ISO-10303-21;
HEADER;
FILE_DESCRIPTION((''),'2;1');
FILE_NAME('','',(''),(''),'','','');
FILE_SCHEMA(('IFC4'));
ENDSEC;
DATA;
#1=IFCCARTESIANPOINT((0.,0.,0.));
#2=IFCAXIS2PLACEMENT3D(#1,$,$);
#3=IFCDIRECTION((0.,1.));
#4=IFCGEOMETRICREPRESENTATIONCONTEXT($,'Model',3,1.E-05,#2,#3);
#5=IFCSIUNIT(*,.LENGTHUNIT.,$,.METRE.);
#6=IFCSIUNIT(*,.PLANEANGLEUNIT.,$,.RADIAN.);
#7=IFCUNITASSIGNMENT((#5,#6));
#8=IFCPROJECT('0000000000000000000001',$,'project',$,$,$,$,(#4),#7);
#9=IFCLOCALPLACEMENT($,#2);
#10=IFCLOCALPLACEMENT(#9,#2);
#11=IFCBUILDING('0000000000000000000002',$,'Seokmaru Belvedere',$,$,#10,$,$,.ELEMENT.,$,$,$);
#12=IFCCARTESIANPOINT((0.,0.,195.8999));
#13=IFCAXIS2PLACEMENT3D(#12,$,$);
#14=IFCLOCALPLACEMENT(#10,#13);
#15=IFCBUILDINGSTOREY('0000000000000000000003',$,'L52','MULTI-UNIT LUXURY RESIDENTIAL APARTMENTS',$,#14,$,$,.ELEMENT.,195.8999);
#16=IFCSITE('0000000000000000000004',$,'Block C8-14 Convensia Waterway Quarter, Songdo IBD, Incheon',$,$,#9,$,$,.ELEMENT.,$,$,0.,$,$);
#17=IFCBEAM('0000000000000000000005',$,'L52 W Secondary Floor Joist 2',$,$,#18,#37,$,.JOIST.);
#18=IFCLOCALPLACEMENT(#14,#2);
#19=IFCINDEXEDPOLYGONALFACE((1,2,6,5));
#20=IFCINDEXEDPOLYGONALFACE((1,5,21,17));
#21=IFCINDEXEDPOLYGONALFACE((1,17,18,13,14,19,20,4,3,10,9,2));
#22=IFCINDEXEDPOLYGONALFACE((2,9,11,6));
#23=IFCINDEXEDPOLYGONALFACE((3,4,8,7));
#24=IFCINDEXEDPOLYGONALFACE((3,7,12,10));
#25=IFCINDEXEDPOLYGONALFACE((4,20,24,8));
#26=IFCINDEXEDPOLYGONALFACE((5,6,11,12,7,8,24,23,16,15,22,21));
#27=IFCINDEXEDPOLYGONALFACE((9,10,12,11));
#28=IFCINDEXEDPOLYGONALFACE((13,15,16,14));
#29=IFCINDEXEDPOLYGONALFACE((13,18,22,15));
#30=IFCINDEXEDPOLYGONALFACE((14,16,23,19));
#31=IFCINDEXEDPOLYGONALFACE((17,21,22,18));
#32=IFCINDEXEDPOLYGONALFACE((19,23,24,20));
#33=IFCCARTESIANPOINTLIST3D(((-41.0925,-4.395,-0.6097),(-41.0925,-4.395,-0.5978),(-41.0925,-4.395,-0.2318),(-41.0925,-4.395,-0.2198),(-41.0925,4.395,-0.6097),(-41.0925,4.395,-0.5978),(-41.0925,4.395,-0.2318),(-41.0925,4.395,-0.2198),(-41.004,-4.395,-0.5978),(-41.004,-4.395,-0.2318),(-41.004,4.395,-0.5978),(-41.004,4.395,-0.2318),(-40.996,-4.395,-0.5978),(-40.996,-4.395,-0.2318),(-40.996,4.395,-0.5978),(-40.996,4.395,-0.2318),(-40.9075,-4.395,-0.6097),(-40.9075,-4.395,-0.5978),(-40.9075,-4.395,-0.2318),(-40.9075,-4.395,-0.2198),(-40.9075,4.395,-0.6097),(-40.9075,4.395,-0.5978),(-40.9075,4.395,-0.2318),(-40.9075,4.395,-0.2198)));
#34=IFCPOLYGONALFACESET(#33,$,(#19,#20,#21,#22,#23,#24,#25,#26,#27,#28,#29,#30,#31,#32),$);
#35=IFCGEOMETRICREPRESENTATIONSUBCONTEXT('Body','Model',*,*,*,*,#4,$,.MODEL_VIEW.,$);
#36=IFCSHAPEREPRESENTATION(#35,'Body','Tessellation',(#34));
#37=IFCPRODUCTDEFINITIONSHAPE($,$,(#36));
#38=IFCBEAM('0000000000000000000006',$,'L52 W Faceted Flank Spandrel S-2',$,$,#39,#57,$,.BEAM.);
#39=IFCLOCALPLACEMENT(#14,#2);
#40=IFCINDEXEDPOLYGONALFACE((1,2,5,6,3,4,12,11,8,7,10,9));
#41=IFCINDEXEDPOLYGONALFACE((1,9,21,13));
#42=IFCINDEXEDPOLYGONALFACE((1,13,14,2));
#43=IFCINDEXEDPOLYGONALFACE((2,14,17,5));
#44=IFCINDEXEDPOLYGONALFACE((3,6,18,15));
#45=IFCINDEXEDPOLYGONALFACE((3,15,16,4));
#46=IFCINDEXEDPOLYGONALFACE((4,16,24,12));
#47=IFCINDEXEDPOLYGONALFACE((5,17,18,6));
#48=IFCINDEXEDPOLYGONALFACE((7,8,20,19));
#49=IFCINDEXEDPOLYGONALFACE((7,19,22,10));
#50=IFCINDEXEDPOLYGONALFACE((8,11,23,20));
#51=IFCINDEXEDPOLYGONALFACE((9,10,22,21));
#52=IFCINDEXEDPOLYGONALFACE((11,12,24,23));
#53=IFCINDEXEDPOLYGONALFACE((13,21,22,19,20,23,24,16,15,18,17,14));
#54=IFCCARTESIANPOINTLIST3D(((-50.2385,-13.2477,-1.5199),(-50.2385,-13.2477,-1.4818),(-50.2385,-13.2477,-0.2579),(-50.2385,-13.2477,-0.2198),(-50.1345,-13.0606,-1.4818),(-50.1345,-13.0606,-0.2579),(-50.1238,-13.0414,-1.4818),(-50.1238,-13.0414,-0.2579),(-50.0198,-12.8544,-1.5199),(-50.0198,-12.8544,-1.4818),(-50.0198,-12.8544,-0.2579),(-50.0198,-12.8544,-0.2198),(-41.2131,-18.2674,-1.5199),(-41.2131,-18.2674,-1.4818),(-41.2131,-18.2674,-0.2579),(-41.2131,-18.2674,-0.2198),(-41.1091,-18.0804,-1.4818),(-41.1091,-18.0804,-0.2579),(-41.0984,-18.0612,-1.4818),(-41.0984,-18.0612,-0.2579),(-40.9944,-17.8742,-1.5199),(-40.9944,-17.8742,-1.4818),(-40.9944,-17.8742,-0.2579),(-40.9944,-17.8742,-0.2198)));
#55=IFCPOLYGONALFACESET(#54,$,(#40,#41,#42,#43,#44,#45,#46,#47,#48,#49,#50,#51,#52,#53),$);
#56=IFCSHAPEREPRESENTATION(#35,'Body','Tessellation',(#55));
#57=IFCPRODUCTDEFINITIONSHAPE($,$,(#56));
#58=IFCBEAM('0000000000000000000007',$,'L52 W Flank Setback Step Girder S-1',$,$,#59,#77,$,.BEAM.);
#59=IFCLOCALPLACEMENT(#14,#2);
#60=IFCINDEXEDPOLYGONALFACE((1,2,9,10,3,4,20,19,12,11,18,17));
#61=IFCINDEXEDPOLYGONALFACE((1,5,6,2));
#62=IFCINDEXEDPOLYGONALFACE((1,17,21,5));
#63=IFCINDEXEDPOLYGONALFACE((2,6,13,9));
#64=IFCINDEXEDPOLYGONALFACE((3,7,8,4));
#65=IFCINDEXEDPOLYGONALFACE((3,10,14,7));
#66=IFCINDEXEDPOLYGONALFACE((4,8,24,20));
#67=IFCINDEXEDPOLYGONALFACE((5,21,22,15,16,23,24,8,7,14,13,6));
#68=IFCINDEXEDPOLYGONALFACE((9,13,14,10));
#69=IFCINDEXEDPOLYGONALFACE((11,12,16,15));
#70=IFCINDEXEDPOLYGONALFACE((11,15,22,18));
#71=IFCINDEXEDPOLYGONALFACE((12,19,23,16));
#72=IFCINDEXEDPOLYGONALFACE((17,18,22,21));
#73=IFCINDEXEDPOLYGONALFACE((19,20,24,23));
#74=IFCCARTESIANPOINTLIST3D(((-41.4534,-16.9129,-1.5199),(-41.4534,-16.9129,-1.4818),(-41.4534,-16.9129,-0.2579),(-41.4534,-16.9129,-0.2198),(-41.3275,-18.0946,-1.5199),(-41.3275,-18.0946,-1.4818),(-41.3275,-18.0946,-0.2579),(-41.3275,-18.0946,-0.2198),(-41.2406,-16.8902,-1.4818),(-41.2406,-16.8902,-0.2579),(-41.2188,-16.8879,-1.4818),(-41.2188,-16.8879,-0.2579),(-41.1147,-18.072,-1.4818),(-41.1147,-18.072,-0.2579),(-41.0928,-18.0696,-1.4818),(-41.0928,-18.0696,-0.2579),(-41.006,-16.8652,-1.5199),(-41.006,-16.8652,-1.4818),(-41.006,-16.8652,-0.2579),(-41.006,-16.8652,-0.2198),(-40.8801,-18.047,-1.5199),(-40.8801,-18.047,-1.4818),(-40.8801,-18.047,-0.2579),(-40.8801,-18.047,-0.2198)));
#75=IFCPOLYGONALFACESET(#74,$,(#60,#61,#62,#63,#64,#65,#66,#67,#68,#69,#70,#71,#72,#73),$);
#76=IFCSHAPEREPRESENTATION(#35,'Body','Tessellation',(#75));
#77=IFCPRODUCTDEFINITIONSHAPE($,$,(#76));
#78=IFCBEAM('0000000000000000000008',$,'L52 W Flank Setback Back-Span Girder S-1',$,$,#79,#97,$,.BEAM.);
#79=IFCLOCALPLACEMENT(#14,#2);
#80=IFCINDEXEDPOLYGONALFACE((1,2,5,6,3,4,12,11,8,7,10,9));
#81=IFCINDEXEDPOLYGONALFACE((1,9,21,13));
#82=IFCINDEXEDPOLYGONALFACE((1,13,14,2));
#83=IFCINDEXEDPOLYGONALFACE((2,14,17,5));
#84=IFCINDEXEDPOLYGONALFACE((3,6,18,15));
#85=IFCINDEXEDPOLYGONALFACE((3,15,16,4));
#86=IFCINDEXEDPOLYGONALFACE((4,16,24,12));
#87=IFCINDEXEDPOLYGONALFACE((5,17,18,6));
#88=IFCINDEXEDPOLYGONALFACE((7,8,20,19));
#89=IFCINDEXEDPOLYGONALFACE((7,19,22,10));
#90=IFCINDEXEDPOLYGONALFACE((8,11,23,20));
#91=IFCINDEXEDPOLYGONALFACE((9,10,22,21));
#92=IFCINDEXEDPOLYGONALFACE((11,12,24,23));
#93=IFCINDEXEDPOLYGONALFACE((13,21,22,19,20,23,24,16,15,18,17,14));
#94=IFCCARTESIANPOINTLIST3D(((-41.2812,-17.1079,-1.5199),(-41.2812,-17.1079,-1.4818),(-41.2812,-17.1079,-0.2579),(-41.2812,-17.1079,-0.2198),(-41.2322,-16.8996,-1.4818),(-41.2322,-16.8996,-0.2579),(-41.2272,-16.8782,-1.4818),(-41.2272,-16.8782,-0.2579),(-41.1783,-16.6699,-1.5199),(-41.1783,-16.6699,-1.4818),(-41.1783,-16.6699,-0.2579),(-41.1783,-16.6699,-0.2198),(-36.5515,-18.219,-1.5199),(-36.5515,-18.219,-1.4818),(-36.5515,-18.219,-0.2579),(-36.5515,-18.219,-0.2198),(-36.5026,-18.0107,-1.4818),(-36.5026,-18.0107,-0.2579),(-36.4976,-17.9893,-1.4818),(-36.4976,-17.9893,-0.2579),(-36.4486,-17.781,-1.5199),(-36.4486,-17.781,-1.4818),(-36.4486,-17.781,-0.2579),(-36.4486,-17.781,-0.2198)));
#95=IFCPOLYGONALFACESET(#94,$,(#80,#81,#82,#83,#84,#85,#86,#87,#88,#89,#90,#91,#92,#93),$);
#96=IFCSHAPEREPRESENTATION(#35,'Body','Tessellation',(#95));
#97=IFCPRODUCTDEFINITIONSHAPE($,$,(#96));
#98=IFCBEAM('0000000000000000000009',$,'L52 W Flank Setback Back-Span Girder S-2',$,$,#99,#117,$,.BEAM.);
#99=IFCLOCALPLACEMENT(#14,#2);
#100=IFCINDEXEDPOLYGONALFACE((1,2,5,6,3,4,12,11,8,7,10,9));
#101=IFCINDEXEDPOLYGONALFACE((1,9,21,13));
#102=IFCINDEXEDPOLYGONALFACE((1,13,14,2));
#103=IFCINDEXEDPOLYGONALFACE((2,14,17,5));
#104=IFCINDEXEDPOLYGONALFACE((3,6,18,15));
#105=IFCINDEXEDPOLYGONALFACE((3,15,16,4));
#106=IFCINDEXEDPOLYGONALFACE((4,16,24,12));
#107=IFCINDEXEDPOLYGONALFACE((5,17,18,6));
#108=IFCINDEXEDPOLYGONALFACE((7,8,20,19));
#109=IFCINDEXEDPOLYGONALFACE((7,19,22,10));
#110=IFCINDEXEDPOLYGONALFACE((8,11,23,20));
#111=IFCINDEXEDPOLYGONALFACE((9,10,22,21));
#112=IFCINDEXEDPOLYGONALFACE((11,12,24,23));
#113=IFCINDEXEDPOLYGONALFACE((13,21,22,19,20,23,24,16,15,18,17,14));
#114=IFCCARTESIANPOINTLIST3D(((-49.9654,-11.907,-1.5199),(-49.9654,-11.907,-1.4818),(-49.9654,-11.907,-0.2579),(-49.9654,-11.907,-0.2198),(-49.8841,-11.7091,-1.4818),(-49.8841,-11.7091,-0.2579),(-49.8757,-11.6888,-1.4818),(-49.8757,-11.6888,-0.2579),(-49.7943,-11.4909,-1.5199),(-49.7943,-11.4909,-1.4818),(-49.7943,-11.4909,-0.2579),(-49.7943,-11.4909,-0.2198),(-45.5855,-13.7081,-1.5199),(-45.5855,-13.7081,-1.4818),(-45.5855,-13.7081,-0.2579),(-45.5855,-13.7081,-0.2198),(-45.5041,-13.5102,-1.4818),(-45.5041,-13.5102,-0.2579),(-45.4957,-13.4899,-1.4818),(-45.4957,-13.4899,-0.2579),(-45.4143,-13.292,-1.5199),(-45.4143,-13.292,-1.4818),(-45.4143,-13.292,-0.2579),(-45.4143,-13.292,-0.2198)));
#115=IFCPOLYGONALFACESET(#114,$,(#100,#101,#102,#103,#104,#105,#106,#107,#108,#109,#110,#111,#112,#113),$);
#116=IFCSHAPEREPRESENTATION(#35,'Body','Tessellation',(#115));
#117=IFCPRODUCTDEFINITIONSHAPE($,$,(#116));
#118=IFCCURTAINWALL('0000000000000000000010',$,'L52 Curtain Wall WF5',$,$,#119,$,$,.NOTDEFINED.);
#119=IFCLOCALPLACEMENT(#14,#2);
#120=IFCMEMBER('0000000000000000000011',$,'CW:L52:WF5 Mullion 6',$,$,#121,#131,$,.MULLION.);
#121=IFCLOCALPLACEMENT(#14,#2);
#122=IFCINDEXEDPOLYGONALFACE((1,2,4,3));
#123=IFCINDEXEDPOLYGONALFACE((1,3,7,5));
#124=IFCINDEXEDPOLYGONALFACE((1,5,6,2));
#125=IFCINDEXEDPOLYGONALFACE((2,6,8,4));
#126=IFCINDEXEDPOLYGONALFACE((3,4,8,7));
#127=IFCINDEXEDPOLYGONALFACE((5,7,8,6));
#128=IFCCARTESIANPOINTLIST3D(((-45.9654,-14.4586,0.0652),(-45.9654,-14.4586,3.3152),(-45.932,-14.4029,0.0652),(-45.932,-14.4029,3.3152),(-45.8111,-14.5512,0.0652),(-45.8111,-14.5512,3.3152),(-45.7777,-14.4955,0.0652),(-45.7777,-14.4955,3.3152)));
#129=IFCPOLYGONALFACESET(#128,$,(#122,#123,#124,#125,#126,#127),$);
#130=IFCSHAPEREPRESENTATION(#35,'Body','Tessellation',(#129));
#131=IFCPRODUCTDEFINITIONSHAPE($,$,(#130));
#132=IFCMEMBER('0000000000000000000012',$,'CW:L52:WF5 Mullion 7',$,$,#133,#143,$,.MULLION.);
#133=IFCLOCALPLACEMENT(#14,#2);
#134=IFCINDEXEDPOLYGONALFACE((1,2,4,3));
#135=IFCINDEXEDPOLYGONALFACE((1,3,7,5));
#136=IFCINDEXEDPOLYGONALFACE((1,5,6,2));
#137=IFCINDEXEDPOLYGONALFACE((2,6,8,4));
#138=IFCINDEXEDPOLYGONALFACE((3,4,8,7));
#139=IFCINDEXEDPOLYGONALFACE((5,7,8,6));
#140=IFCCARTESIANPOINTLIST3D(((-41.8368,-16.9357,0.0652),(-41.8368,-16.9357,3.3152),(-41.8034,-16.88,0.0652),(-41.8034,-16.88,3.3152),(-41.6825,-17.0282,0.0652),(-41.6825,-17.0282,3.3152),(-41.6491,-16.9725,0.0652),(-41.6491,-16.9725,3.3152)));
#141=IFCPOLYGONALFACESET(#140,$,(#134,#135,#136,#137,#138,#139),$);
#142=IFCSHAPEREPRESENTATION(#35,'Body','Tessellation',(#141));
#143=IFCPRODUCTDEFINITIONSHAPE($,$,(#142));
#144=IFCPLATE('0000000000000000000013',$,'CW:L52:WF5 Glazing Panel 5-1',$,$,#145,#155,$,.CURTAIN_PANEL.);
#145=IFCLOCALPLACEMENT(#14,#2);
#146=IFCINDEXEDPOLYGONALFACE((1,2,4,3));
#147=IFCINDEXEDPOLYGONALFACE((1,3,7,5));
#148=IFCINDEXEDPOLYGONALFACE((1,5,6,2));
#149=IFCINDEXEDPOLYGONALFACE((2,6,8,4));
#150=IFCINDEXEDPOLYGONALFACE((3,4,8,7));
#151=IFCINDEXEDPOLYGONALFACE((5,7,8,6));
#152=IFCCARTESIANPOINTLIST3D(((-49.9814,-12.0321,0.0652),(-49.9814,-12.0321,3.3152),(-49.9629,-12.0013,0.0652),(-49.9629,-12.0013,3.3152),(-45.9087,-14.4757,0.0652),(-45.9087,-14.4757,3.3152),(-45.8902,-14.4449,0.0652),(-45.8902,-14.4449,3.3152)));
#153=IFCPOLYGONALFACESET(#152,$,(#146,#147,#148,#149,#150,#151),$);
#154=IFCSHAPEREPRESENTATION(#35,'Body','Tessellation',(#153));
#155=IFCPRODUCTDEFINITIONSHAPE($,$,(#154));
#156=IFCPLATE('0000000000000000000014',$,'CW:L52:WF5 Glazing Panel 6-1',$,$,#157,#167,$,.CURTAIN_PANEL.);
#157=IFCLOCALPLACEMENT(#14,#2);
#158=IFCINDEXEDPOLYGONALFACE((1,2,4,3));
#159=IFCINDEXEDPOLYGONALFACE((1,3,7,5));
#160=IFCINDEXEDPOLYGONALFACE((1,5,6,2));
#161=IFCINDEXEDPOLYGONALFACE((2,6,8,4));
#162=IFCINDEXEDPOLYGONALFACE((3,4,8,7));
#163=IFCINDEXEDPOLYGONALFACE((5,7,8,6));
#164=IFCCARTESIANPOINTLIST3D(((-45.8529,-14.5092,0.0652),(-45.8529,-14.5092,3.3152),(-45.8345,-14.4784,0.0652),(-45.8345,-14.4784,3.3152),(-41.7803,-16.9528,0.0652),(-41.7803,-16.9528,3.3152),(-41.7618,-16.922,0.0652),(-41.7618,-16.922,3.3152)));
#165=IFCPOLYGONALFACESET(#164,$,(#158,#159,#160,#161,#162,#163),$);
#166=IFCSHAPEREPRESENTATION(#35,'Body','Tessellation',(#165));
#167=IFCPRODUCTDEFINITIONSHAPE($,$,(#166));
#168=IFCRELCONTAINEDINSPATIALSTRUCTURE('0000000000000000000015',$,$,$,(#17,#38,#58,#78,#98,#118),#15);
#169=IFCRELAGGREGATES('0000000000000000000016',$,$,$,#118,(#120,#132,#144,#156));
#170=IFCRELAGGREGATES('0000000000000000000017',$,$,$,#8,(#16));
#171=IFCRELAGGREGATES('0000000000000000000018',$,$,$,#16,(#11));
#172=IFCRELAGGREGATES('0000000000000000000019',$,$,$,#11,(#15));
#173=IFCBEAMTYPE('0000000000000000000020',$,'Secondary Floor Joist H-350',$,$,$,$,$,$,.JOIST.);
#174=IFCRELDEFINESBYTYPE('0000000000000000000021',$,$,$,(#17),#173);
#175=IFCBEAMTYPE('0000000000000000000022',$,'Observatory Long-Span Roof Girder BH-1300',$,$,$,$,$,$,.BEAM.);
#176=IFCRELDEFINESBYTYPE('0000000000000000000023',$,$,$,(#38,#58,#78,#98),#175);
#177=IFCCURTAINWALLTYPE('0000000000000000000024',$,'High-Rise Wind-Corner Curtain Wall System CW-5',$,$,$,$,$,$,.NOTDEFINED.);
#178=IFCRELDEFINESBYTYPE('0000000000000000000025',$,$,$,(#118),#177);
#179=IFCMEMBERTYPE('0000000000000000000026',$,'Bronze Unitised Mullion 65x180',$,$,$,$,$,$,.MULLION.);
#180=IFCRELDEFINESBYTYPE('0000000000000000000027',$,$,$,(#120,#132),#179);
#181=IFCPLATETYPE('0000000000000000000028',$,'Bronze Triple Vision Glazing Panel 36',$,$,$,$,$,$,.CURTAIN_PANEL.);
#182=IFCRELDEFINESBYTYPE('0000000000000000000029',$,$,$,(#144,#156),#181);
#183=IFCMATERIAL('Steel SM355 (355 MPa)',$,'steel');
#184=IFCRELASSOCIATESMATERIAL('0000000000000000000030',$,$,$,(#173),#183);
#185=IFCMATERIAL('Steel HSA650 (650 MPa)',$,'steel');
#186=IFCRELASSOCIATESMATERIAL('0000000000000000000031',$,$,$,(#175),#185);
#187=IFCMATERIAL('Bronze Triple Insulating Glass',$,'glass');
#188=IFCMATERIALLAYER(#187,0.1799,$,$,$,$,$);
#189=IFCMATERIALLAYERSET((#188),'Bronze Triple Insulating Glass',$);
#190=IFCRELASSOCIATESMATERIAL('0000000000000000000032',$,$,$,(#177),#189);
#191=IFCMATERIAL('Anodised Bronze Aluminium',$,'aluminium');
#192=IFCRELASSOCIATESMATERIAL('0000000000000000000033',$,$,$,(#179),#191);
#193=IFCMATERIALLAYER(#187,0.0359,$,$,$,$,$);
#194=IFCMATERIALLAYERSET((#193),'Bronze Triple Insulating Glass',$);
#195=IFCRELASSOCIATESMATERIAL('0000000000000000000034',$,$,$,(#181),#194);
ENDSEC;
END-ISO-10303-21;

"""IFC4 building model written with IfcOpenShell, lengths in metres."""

from ifc_helpers import new_model, si_unit, direction, frame, origin, origin_2d, place, context, subcontext, project, spatial, rectangle, i_section, extrude, source, transform, mapped, material, layer, layer_set, material_profile, profile_set, type_object, type_shapes, element, aggregate, save


model = new_model("IFC4")

# Units and contexts
model_context = context("Model", 3, precision=1e-05, world=origin(), true_north=direction((0.0, 1.0)))
body_context = subcontext(model_context, "Body", "Model", "MODEL_VIEW")
ifc_project = project(units=[si_unit("LENGTHUNIT", "METRE"), si_unit("PLANEANGLEUNIT", "RADIAN")], contexts=[model_context])

# Site, building, storey
site_placement = place(None, origin())
site = spatial("IfcSite", under=ifc_project, at=site_placement, Name="Block C8-14 Convensia Waterway Quarter, Songdo IBD, Incheon", CompositionType="ELEMENT", RefElevation=0.0)
building_placement = place(site_placement, origin())
building = spatial("IfcBuilding", under=site, at=building_placement, Name="Seokmaru Belvedere", CompositionType="ELEMENT")
storey_placement = place(building_placement, frame((0.0, 0.0, 195.8999)))
storey = spatial("IfcBuildingStorey", under=building, at=storey_placement, Name="L52", Description="MULTI-UNIT LUXURY RESIDENTIAL APARTMENTS", CompositionType="ELEMENT", Elevation=195.8999)

# Shared definitions
ifc_material_1 = material(Name="Steel SM355 (355 MPa)", Category="steel")

# Beams
ifc_material_profile_1 = material_profile(ifc_material_1, i_section(OverallWidth=0.1851, OverallDepth=0.3899, WebThickness=0.0081, FlangeThickness=0.012, at=origin_2d()), Name="H-390x185x8x12")
ifc_profile_set_1 = profile_set([ifc_material_profile_1], Name="Steel SM355 (355 MPa)")
beam_type_1 = type_object("IfcBeamType", Name="Secondary Floor Joist H-350", PredefinedType="JOIST", material=ifc_profile_set_1)
shared_shape_1 = source(origin(), body_context, "Body", "SweptSolid", [
    extrude(i_section(OverallWidth=0.1851, OverallDepth=0.3899, WebThickness=0.0081, FlangeThickness=0.012, at=origin_2d()), origin(), (0.0, 0.0, 1.0), 8.79),
])
type_shapes(beam_type_1, [shared_shape_1])
for number, where, z_axis, x_axis, name in (
    (1, (-41.0, -4.395, -0.4148), (0.0, 1.0, 0.0), (-1.0, 0.0, 0.0), "L52 W Secondary Floor Joist 2"),
):
    element("IfcBeam", number, at=place(storey_placement, frame(where, z_axis=z_axis, x_axis=x_axis)), inside=storey, type_object=beam_type_1, Name=name, PredefinedType="JOIST", context=body_context, shape_type="MappedRepresentation", body=[
        mapped(shared_shape_1, transform((0.0, 0.0, 0.0), scale=1.0)),
    ])
ifc_material_2 = material(Name="Steel HSA650 (650 MPa)", Category="steel")
ifc_material_profile_2 = material_profile(ifc_material_2, i_section(OverallWidth=0.45, OverallDepth=1.3, WebThickness=0.022, FlangeThickness=0.0381, at=origin_2d()), Name="BH-1300x450x22x38")
ifc_profile_set_2 = profile_set([ifc_material_profile_2], Name="Steel HSA650 (650 MPa)")
beam_type_2 = type_object("IfcBeamType", Name="Observatory Long-Span Roof Girder BH-1300", PredefinedType="BEAM", material=ifc_profile_set_2)
shared_shape_2 = source(origin(), body_context, "Body", "SweptSolid", [
    extrude(i_section(OverallWidth=0.45, OverallDepth=1.3, WebThickness=0.022, FlangeThickness=0.0381, at=origin_2d()), origin(), (0.0, 0.0, 1.0), 10.3274),
])
beam_1_placement = place(storey_placement, frame((-41.1038, -18.0708, -0.8699), z_axis=(-0.873924, 0.486062, 0.0), x_axis=(-0.486062, -0.873924, 0.0)))
element("IfcBeam", 2, at=beam_1_placement, inside=storey, type_object=beam_type_2, Name="L52 W Faceted Flank Spandrel S-2", PredefinedType="BEAM", context=body_context, shape_type="MappedRepresentation", body=[
    mapped(shared_shape_2, transform((0.0, 0.0, 0.0), scale=1.0)),
])
shared_shape_3 = source(origin(), body_context, "Body", "SweptSolid", [
    extrude(i_section(OverallWidth=0.45, OverallDepth=1.3, WebThickness=0.022, FlangeThickness=0.0381, at=origin_2d()), origin(), (0.0, 0.0, 1.0), 1.1885),
])
beam_2_placement = place(storey_placement, frame((-41.1038, -18.0708, -0.8699), z_axis=(-0.105989, 0.994367, 0.0), x_axis=(-0.994367, -0.105989, 0.0)))
element("IfcBeam", 3, at=beam_2_placement, inside=storey, type_object=beam_type_2, Name="L52 W Flank Setback Step Girder S-1", PredefinedType="BEAM", context=body_context, shape_type="MappedRepresentation", body=[
    mapped(shared_shape_3, transform((0.0, 0.0, 0.0), scale=1.0)),
])
shared_shape_4 = source(origin(), body_context, "Body", "SweptSolid", [
    extrude(i_section(OverallWidth=0.45, OverallDepth=1.3, WebThickness=0.022, FlangeThickness=0.0381, at=origin_2d()), origin(), (0.0, 0.0, 1.0), 4.8584),
])
beam_3_placement = place(storey_placement, frame((-41.2297, -16.8889, -0.8699), z_axis=(0.973499, -0.228689, 0.0), x_axis=(0.228689, 0.973499, 0.0)))
element("IfcBeam", 4, at=beam_3_placement, inside=storey, type_object=beam_type_2, Name="L52 W Flank Setback Back-Span Girder S-1", PredefinedType="BEAM", context=body_context, shape_type="MappedRepresentation", body=[
    mapped(shared_shape_4, transform((0.0, 0.0, 0.0), scale=1.0)),
])
shared_shape_5 = source(origin(), body_context, "Body", "SweptSolid", [
    extrude(i_section(OverallWidth=0.45, OverallDepth=1.3, WebThickness=0.022, FlangeThickness=0.0381, at=origin_2d()), origin(), (0.0, 0.0, 1.0), 4.7358),
])
type_shapes(beam_type_2, [shared_shape_2, shared_shape_3, shared_shape_4, shared_shape_5])
beam_4_placement = place(storey_placement, frame((-49.8799, -11.699, -0.8699), z_axis=(0.924861, -0.380306, 0.0), x_axis=(0.380306, 0.924861, 0.0)))
element("IfcBeam", 5, at=beam_4_placement, inside=storey, type_object=beam_type_2, Name="L52 W Flank Setback Back-Span Girder S-2", PredefinedType="BEAM", context=body_context, shape_type="MappedRepresentation", body=[
    mapped(shared_shape_5, transform((0.0, 0.0, 0.0), scale=1.0)),
])

# Curtain wall, members, plates
ifc_material_3 = material(Name="Bronze Triple Insulating Glass", Category="glass")
ifc_layer_1 = layer(ifc_material_3, 0.1799)
ifc_layer_set_1 = layer_set([ifc_layer_1], Name="Bronze Triple Insulating Glass")
curtain_wall_type = type_object("IfcCurtainWallType", Name="High-Rise Wind-Corner Curtain Wall System CW-5", PredefinedType="NOTDEFINED", material=ifc_layer_set_1)
curtain_wall_placement = place(storey_placement, origin())
curtain_wall = element("IfcCurtainWall", 6, at=curtain_wall_placement, inside=storey, type_object=curtain_wall_type, Name="L52 Curtain Wall WF5", PredefinedType="NOTDEFINED")
ifc_material_4 = material(Name="Anodised Bronze Aluminium", Category="aluminium")
ifc_material_profile_3 = material_profile(ifc_material_4, rectangle(XDim=0.0649, YDim=0.1799, at=origin_2d()), Name="CW-M-65x180")
ifc_profile_set_3 = profile_set([ifc_material_profile_3], Name="Anodised Bronze Aluminium")
member_type = type_object("IfcMemberType", Name="Bronze Unitised Mullion 65x180", PredefinedType="MULLION", material=ifc_profile_set_3)
shared_shape_6 = source(origin(), body_context, "Body", "SweptSolid", [
    extrude(rectangle(XDim=0.0649, YDim=0.1799, at=origin_2d()), origin(), (0.0, 0.0, 1.0), 3.25),
])
type_shapes(member_type, [shared_shape_6])
member_1_placement = place(storey_placement, frame((-45.8716, -14.4771, 0.0652), z_axis=(0.0, 0.0, 1.0), x_axis=(0.514495, 0.857493, 0.0)))
member_1 = element("IfcMember", 7, at=member_1_placement, type_object=member_type, Name="CW:L52:WF5 Mullion 6", PredefinedType="MULLION", context=body_context, shape_type="MappedRepresentation", body=[
    mapped(shared_shape_6, transform((0.0, 0.0, 0.0), scale=1.0)),
])
member_2_placement = place(storey_placement, frame((-41.7429, -16.9541, 0.0652), z_axis=(0.0, 0.0, 1.0), x_axis=(0.514495, 0.857493, 0.0)))
member_2 = element("IfcMember", 8, at=member_2_placement, type_object=member_type, Name="CW:L52:WF5 Mullion 7", PredefinedType="MULLION", context=body_context, shape_type="MappedRepresentation", body=[
    mapped(shared_shape_6, transform((0.0, 0.0, 0.0), scale=1.0)),
])
ifc_layer_2 = layer(ifc_material_3, 0.0359)
ifc_layer_set_2 = layer_set([ifc_layer_2], Name="Bronze Triple Insulating Glass")
plate_type = type_object("IfcPlateType", Name="Bronze Triple Vision Glazing Panel 36", PredefinedType="CURTAIN_PANEL", material=ifc_layer_set_2)
shared_shape_7 = source(origin(), body_context, "Body", "SweptSolid", [
    extrude(rectangle(XDim=4.7495, YDim=0.0359, at=origin_2d()), origin(), (0.0, 0.0, 1.0), 3.25),
])
type_shapes(plate_type, [shared_shape_7])
plate_1_placement = place(storey_placement, frame((-47.9358, -13.2385, 0.0652), z_axis=(0.0, 0.0, 1.0), x_axis=(0.857493, -0.514495, 0.0)))
plate_1 = element("IfcPlate", 9, at=plate_1_placement, type_object=plate_type, Name="CW:L52:WF5 Glazing Panel 5-1", PredefinedType="CURTAIN_PANEL", context=body_context, shape_type="MappedRepresentation", body=[
    mapped(shared_shape_7, transform((0.0, 0.0, 0.0), scale=1.0)),
])
plate_2_placement = place(storey_placement, frame((-43.8074, -15.7156, 0.0652), z_axis=(0.0, 0.0, 1.0), x_axis=(0.857493, -0.514495, 0.0)))
plate_2 = element("IfcPlate", 10, at=plate_2_placement, type_object=plate_type, Name="CW:L52:WF5 Glazing Panel 6-1", PredefinedType="CURTAIN_PANEL", context=body_context, shape_type="MappedRepresentation", body=[
    mapped(shared_shape_7, transform((0.0, 0.0, 0.0), scale=1.0)),
])
aggregate(curtain_wall, [member_1, member_2, plate_1, plate_2])

save(model, "model.ifc")
